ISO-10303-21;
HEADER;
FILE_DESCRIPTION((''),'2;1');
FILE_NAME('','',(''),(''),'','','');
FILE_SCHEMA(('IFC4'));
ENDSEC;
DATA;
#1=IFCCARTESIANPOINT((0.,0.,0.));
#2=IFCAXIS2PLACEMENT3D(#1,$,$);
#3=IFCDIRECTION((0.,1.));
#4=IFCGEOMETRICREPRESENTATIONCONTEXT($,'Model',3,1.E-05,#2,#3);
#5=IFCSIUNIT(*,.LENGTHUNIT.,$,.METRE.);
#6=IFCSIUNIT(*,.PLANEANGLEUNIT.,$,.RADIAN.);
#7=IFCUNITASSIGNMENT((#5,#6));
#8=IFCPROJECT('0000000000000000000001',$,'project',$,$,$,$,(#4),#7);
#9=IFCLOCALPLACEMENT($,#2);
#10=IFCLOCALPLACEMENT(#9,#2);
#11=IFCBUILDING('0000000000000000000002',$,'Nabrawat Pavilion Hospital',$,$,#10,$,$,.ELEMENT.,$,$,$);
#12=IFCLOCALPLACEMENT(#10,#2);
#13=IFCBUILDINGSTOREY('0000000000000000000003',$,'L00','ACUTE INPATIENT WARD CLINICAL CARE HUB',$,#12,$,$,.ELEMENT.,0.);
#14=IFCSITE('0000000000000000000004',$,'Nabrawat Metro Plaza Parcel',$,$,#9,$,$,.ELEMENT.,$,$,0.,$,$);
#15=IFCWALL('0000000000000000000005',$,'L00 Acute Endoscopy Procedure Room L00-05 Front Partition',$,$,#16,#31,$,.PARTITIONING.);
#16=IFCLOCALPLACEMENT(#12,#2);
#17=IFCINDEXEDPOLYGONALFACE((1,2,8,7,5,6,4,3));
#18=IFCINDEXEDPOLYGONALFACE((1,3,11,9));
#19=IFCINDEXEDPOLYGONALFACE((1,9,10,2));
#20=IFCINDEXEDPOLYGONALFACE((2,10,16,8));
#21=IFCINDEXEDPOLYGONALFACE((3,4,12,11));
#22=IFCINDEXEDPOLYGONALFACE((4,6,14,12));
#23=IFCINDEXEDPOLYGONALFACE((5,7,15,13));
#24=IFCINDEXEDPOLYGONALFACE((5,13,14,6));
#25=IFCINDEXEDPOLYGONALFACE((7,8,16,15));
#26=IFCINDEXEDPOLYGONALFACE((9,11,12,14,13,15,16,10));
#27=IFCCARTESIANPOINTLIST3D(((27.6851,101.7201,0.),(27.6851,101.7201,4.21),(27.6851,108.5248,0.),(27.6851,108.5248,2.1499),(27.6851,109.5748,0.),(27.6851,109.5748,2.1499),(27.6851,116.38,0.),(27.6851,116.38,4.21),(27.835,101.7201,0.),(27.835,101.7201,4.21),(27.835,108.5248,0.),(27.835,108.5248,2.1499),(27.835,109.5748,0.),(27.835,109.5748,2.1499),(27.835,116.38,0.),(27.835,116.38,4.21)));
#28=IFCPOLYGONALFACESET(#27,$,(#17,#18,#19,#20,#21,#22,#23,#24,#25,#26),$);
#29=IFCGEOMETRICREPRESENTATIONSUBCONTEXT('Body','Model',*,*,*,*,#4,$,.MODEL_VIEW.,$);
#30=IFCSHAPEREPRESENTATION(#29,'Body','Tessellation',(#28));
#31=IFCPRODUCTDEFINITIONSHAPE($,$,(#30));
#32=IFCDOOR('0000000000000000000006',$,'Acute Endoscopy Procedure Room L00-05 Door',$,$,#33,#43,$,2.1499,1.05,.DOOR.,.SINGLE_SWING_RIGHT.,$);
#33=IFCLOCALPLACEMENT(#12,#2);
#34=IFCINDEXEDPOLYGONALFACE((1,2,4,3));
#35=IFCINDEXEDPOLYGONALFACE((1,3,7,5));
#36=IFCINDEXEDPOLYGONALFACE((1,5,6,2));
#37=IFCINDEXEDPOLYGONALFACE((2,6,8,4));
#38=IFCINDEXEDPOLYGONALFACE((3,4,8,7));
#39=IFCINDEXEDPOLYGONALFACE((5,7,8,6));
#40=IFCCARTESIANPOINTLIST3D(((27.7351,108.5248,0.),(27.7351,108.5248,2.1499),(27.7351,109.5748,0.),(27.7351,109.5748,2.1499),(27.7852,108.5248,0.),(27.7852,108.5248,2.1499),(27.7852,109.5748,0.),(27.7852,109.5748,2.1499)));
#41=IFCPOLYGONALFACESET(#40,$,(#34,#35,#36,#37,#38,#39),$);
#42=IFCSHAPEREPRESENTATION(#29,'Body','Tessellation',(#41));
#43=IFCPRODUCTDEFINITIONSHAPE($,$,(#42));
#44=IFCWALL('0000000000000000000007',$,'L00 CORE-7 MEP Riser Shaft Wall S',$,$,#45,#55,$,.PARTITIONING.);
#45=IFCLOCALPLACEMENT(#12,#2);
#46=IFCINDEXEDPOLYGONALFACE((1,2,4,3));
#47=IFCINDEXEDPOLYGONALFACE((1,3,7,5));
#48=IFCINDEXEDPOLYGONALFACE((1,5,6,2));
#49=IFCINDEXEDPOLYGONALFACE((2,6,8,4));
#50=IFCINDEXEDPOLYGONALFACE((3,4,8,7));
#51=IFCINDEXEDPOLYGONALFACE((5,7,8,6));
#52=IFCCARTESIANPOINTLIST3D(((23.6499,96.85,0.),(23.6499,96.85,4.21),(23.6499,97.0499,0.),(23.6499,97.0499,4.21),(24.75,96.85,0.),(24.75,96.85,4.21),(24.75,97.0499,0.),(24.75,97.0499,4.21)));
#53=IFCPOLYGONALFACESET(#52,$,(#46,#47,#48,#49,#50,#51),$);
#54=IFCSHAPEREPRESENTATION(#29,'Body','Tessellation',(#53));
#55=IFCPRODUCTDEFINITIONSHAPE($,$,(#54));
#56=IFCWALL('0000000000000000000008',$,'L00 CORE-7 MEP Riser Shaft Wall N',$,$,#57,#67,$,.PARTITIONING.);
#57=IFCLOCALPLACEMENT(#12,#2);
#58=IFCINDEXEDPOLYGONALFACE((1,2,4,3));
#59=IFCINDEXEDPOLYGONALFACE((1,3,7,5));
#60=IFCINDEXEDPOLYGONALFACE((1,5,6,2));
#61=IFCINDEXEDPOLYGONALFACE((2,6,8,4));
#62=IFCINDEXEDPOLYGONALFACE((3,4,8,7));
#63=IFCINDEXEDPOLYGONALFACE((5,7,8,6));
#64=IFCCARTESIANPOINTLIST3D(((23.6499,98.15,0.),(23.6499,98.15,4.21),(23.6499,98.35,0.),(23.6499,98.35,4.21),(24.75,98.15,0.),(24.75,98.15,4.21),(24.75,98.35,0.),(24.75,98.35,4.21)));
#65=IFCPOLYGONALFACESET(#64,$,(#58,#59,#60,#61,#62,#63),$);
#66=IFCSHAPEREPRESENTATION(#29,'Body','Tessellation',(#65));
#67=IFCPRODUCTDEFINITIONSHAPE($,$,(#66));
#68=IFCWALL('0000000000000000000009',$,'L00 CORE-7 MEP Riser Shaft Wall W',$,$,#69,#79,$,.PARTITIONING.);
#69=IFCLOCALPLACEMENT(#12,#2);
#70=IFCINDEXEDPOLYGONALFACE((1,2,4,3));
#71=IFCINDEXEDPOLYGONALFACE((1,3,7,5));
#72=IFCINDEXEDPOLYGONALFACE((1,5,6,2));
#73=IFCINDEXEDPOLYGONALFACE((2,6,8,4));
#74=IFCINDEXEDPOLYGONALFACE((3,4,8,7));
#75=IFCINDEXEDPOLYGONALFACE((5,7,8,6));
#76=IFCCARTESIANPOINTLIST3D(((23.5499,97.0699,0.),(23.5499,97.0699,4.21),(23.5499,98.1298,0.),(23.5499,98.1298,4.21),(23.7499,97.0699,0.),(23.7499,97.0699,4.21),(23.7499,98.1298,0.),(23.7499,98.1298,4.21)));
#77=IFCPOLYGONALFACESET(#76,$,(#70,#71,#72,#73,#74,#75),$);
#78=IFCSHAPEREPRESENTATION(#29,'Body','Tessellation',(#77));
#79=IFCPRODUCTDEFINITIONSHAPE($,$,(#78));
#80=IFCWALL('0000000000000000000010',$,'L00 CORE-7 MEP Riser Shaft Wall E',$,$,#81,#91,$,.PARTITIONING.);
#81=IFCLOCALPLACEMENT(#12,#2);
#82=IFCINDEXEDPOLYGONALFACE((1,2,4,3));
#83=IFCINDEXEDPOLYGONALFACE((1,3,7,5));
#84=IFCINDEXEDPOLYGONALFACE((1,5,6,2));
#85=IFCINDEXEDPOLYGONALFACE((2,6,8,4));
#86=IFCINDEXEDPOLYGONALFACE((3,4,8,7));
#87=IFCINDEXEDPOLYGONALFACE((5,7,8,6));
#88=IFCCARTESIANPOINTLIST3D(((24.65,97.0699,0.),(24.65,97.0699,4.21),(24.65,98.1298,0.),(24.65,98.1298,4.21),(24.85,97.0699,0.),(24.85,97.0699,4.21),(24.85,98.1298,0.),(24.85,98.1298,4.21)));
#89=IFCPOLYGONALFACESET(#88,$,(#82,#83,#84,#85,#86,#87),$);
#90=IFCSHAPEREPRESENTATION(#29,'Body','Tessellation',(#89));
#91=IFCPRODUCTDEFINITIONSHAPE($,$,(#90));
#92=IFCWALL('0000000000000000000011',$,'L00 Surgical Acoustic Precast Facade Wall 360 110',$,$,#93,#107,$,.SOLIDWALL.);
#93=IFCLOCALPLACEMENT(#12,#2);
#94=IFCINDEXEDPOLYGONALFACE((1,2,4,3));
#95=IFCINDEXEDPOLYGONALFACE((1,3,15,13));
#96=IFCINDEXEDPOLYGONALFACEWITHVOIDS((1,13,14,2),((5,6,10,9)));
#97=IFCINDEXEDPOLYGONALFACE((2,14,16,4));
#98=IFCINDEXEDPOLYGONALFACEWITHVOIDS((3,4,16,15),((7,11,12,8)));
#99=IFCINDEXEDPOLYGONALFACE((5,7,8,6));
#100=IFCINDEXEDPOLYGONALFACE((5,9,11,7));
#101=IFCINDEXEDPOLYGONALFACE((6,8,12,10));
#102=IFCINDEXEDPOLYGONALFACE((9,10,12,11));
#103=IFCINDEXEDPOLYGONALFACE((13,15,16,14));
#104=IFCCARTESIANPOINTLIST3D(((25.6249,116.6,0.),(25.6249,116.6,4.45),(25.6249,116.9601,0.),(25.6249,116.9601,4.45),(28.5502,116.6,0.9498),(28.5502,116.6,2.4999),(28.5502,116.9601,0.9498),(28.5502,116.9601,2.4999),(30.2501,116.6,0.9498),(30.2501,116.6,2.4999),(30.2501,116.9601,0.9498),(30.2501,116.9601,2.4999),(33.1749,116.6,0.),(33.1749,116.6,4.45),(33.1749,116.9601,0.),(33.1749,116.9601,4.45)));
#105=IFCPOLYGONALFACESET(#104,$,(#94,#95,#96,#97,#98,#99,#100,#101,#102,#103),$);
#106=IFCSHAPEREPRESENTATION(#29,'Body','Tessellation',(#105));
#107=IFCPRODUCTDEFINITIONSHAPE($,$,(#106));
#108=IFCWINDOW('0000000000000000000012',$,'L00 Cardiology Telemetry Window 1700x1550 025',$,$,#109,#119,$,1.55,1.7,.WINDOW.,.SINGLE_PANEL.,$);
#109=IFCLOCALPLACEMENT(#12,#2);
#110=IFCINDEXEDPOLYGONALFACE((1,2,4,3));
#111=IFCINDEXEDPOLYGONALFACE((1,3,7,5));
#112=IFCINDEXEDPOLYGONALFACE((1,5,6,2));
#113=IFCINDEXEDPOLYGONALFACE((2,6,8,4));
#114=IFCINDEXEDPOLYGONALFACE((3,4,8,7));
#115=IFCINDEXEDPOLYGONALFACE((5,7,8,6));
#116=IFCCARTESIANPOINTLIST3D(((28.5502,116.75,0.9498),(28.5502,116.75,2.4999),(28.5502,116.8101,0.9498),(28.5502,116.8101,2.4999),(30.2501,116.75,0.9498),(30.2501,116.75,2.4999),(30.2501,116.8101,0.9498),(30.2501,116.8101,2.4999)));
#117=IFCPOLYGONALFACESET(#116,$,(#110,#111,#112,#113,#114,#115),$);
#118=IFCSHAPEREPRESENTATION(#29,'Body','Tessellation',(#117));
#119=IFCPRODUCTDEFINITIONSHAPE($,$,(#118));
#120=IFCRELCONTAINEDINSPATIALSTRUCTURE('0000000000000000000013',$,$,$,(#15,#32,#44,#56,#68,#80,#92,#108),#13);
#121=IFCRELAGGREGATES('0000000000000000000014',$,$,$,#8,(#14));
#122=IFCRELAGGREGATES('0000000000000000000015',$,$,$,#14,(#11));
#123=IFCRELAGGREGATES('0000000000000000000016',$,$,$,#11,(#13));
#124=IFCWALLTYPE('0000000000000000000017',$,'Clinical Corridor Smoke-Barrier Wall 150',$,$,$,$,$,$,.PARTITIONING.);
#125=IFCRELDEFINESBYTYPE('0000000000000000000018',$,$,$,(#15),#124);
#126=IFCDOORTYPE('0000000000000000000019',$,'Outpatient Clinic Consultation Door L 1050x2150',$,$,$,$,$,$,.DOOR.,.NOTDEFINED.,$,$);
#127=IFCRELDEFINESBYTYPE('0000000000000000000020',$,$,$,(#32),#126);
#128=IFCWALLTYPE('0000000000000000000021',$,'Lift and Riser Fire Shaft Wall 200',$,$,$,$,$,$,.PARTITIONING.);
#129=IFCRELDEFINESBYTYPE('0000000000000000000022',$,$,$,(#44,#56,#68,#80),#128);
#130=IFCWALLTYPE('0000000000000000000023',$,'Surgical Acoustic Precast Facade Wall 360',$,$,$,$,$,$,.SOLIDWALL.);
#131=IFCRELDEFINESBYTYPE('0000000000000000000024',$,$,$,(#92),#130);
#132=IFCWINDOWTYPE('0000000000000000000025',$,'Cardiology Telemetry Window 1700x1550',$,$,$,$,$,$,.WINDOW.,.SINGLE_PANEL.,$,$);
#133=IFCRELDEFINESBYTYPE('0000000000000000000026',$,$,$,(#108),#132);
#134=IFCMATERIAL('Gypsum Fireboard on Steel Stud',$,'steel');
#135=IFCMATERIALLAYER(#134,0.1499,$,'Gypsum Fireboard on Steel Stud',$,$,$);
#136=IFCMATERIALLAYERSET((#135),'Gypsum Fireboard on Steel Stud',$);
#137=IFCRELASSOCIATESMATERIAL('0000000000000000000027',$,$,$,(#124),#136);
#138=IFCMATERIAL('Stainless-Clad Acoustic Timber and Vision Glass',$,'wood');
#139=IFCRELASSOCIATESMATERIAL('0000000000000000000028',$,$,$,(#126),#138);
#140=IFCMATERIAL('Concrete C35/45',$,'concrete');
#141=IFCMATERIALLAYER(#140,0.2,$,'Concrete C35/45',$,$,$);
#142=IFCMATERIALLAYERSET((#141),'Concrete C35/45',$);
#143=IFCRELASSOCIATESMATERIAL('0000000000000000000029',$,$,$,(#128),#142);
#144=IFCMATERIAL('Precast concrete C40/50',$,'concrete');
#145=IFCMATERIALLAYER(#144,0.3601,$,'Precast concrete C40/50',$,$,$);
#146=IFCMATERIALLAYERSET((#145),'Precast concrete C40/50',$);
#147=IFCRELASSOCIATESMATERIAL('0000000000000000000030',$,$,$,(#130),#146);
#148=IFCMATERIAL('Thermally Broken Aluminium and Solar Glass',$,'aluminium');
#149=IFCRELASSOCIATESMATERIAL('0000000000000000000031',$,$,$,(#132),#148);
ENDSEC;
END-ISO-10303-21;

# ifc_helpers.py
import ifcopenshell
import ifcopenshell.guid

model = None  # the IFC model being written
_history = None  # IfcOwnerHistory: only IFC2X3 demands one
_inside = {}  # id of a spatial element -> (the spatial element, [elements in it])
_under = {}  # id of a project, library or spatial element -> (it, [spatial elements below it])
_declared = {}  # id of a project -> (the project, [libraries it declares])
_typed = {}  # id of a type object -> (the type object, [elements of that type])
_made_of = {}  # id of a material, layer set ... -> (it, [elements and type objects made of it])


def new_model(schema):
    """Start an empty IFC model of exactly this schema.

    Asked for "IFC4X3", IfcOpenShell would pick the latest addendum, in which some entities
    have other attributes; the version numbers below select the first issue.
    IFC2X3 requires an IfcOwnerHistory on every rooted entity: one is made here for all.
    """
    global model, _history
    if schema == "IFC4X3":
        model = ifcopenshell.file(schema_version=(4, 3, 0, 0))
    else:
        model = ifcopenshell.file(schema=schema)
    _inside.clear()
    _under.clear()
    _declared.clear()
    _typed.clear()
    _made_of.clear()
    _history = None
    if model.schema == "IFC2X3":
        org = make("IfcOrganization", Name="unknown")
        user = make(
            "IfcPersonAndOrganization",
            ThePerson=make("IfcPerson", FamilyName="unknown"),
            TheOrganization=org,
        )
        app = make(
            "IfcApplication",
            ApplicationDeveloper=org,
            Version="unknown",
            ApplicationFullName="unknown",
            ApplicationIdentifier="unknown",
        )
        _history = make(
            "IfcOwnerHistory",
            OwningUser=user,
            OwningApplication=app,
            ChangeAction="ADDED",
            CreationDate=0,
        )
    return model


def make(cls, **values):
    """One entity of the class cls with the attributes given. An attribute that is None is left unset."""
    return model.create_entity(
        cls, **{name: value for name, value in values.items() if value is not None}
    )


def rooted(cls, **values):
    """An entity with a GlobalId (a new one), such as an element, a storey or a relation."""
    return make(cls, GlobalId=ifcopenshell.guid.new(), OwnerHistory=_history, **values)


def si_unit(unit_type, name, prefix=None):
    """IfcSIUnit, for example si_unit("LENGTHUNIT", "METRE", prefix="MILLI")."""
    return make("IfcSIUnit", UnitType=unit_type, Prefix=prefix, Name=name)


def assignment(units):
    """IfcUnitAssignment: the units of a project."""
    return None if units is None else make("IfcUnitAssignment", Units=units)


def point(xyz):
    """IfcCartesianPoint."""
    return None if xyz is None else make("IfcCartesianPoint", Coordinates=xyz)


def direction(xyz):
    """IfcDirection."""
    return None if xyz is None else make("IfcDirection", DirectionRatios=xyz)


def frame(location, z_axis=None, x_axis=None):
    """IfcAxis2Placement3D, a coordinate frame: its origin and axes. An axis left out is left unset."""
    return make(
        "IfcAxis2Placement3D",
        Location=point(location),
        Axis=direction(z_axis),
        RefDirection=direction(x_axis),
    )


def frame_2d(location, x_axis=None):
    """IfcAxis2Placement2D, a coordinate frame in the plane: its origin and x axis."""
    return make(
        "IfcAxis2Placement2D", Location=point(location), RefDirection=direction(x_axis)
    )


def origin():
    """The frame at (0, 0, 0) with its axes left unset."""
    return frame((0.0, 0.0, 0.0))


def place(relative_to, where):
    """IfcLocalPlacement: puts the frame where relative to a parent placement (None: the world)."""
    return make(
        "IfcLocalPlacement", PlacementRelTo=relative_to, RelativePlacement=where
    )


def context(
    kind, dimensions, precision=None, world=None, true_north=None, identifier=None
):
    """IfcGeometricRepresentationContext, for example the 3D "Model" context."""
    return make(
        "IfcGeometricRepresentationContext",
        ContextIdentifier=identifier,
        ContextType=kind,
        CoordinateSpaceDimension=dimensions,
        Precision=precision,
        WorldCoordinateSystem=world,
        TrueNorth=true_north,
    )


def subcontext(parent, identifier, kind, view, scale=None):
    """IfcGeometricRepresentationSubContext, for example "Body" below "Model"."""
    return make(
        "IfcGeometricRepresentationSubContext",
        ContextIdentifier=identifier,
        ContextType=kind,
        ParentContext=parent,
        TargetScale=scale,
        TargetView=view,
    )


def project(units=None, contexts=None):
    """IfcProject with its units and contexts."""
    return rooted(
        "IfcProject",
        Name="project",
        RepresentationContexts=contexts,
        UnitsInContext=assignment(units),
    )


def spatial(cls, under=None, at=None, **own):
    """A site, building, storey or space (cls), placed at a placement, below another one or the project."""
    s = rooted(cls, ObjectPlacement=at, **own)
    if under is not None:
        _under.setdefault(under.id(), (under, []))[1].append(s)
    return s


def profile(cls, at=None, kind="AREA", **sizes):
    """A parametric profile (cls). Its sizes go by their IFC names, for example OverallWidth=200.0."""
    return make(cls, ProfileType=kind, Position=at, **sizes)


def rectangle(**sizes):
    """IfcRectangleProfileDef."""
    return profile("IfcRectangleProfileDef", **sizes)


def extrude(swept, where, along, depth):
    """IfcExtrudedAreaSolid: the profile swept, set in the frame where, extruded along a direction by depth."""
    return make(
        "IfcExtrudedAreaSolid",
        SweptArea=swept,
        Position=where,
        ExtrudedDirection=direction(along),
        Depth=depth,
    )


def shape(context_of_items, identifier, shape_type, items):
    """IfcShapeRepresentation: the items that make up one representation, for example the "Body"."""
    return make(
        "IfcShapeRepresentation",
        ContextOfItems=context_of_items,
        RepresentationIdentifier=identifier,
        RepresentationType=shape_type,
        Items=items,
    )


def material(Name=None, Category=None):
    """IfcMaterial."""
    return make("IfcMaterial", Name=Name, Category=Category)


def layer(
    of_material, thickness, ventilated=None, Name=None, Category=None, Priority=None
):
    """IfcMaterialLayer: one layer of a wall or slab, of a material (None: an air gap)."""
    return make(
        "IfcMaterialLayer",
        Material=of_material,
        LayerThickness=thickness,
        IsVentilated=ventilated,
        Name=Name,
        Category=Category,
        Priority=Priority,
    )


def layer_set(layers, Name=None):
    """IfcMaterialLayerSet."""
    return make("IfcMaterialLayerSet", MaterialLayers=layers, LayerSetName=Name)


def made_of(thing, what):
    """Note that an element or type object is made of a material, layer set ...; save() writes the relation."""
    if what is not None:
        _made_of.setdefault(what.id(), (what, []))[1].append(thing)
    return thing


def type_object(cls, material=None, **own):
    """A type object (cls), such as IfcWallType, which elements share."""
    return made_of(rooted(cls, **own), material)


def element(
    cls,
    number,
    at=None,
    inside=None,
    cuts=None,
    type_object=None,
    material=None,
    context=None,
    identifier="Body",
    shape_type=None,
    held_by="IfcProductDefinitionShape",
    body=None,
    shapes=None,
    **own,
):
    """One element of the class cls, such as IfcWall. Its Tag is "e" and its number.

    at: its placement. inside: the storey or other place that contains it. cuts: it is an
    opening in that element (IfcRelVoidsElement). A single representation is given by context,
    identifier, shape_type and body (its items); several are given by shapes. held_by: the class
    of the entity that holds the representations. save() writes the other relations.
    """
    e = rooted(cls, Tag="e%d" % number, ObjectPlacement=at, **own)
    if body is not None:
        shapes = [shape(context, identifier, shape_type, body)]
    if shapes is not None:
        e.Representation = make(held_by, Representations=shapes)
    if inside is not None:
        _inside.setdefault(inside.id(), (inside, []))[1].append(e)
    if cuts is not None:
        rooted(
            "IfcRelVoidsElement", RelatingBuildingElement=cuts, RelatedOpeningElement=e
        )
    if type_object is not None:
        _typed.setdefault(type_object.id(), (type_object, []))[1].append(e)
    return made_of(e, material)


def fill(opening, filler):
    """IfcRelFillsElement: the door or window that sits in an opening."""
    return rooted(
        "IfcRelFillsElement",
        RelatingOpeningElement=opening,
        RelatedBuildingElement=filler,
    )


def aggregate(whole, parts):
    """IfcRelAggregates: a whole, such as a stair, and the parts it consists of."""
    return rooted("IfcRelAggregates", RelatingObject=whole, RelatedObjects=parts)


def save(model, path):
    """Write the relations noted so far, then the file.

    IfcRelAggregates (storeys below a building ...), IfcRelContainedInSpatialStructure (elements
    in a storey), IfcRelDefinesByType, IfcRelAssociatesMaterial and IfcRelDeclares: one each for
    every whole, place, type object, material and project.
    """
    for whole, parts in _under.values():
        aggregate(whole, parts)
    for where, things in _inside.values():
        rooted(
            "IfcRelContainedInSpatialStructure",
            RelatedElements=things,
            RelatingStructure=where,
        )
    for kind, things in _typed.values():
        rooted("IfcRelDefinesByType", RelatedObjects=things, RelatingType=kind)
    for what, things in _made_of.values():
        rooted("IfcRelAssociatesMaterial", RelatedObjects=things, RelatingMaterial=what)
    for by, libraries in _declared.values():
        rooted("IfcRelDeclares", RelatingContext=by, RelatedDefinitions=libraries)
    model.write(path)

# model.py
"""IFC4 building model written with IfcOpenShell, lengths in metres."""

from ifc_helpers import new_model, si_unit, direction, frame, frame_2d, origin, place, context, subcontext, project, spatial, rectangle, extrude, material, layer, layer_set, type_object, element, fill, save


model = new_model("IFC4")

# Units and contexts
model_context = context("Model", 3, precision=1e-05, world=origin(), true_north=direction((0.0, 1.0)))
body_context = subcontext(model_context, "Body", "Model", "MODEL_VIEW")
ifc_project = project(units=[si_unit("LENGTHUNIT", "METRE"), si_unit("PLANEANGLEUNIT", "RADIAN")], contexts=[model_context])

# Site, building, storey
site_placement = place(None, origin())
site = spatial("IfcSite", under=ifc_project, at=site_placement, Name="Nabrawat Metro Plaza Parcel", CompositionType="ELEMENT", RefElevation=0.0)
building_placement = place(site_placement, origin())
building = spatial("IfcBuilding", under=site, at=building_placement, Name="Nabrawat Pavilion Hospital", CompositionType="ELEMENT")
storey_placement = place(building_placement, origin())
storey = spatial("IfcBuildingStorey", under=building, at=storey_placement, Name="L00", Description="ACUTE INPATIENT WARD CLINICAL CARE HUB", CompositionType="ELEMENT", Elevation=0.0)

# Wall, opening, door
ifc_material_1 = material(Name="Gypsum Fireboard on Steel Stud", Category="steel")
ifc_layer_1 = layer(ifc_material_1, 0.1499, Name="Gypsum Fireboard on Steel Stud")
ifc_layer_set_1 = layer_set([ifc_layer_1], Name="Gypsum Fireboard on Steel Stud")
wall_type_1 = type_object("IfcWallType", Name="Clinical Corridor Smoke-Barrier Wall 150", PredefinedType="PARTITIONING", material=ifc_layer_set_1)
wall_1_placement = place(storey_placement, frame((27.76, 101.72, 0.0), z_axis=(0.0, 0.0, 1.0), x_axis=(0.0, 1.0, 0.0)))
wall_1 = element("IfcWall", 1, at=wall_1_placement, inside=storey, type_object=wall_type_1, Name="L00 Acute Endoscopy Procedure Room L00-05 Front Partition", PredefinedType="PARTITIONING", context=body_context, shape_type="SweptSolid", body=[
    extrude(rectangle(XDim=14.6599, YDim=0.1499, at=frame_2d((7.3301, 0.0))), origin(), (0.0, 0.0, 1.0), 4.21),
])
opening_1_placement = place(wall_1_placement, frame((6.8049, 0.0, 0.0)))
opening_1 = element("IfcOpeningElement", 2, at=opening_1_placement, cuts=wall_1, PredefinedType="OPENING", context=body_context, shape_type="SweptSolid", body=[
    extrude(rectangle(XDim=1.05, YDim=2.1499, at=frame_2d((0.5249, 1.075))), frame((0.0, 0.085, 0.0), z_axis=(0.0, -1.0, 0.0), x_axis=(1.0, 0.0, 0.0)), (0.0, 0.0, 1.0), 0.1699),
])
ifc_material_2 = material(Name="Stainless-Clad Acoustic Timber and Vision Glass", Category="wood")
door_type = type_object("IfcDoorType", Name="Outpatient Clinic Consultation Door L 1050x2150", OperationType="NOTDEFINED", PredefinedType="DOOR", material=ifc_material_2)
door_placement = place(opening_1_placement, origin())
door = element("IfcDoor", 3, at=door_placement, inside=storey, type_object=door_type, Name="Acute Endoscopy Procedure Room L00-05 Door", OperationType="SINGLE_SWING_RIGHT", OverallHeight=2.1499, OverallWidth=1.05, PredefinedType="DOOR", context=body_context, shape_type="SweptSolid", body=[
    extrude(rectangle(XDim=1.05, YDim=2.1499, at=frame_2d((0.5249, 1.075))), frame((0.0, 0.0249, 0.0), z_axis=(0.0, -1.0, 0.0), x_axis=(1.0, 0.0, 0.0)), (0.0, 0.0, 1.0), 0.05),
])
fill(opening_1, door)

# Walls
ifc_material_3 = material(Name="Concrete C35/45", Category="concrete")
ifc_layer_2 = layer(ifc_material_3, 0.2, Name="Concrete C35/45")
ifc_layer_set_2 = layer_set([ifc_layer_2], Name="Concrete C35/45")
wall_type_2 = type_object("IfcWallType", Name="Lift and Riser Fire Shaft Wall 200", PredefinedType="PARTITIONING", material=ifc_layer_set_2)
for number, where, z_axis, x_axis, name in (
    (4, (23.6499, 96.95, 0.0), (0.0, 0.0, 1.0), (1.0, 0.0, 0.0), "L00 CORE-7 MEP Riser Shaft Wall S"),
    (5, (23.6499, 98.25, 0.0), (0.0, 0.0, 1.0), (1.0, 0.0, 0.0), "L00 CORE-7 MEP Riser Shaft Wall N"),
):
    element("IfcWall", number, at=place(storey_placement, frame(where, z_axis=z_axis, x_axis=x_axis)), inside=storey, type_object=wall_type_2, Name=name, PredefinedType="PARTITIONING", context=body_context, shape_type="SweptSolid", body=[
        extrude(rectangle(XDim=1.1001, YDim=0.2, at=frame_2d((0.55, 0.0))), origin(), (0.0, 0.0, 1.0), 4.21),
    ])
for number, where, z_axis, x_axis, name in (
    (6, (23.6499, 97.0701, 0.0), (0.0, 0.0, 1.0), (0.0, 1.0, 0.0), "L00 CORE-7 MEP Riser Shaft Wall W"),
    (7, (24.75, 97.0701, 0.0), (0.0, 0.0, 1.0), (0.0, 1.0, 0.0), "L00 CORE-7 MEP Riser Shaft Wall E"),
):
    element("IfcWall", number, at=place(storey_placement, frame(where, z_axis=z_axis, x_axis=x_axis)), inside=storey, type_object=wall_type_2, Name=name, PredefinedType="PARTITIONING", context=body_context, shape_type="SweptSolid", body=[
        extrude(rectangle(XDim=1.0598, YDim=0.2, at=frame_2d((0.5298, 0.0))), origin(), (0.0, 0.0, 1.0), 4.21),
    ])

# Wall, opening, window
ifc_material_4 = material(Name="Precast concrete C40/50", Category="concrete")
ifc_layer_3 = layer(ifc_material_4, 0.3601, Name="Precast concrete C40/50")
ifc_layer_set_3 = layer_set([ifc_layer_3], Name="Precast concrete C40/50")
wall_type_3 = type_object("IfcWallType", Name="Surgical Acoustic Precast Facade Wall 360", PredefinedType="SOLIDWALL", material=ifc_layer_set_3)
wall_2_placement = place(storey_placement, frame((25.625, 116.78, 0.0), z_axis=(0.0, 0.0, 1.0), x_axis=(1.0, 0.0, 0.0)))
wall_2 = element("IfcWall", 8, at=wall_2_placement, inside=storey, type_object=wall_type_3, Name="L00 Surgical Acoustic Precast Facade Wall 360 110", PredefinedType="SOLIDWALL", context=body_context, shape_type="SweptSolid", body=[
    extrude(rectangle(XDim=7.55, YDim=0.3601, at=frame_2d((3.7749, 0.0))), origin(), (0.0, 0.0, 1.0), 4.45),
])
opening_2_placement = place(wall_2_placement, frame((2.925, 0.0, 0.95)))
opening_2 = element("IfcOpeningElement", 9, at=opening_2_placement, cuts=wall_2, PredefinedType="OPENING", context=body_context, shape_type="SweptSolid", body=[
    extrude(rectangle(XDim=1.7, YDim=1.55, at=frame_2d((0.8501, 0.7749))), frame((0.0, 0.1899, 0.0), z_axis=(0.0, -1.0, 0.0), x_axis=(1.0, 0.0, 0.0)), (0.0, 0.0, 1.0), 0.3801),
])
ifc_material_5 = material(Name="Thermally Broken Aluminium and Solar Glass", Category="aluminium")
window_type = type_object("IfcWindowType", Name="Cardiology Telemetry Window 1700x1550", PartitioningType="SINGLE_PANEL", PredefinedType="WINDOW", material=ifc_material_5)
window_placement = place(opening_2_placement, origin())
window = element("IfcWindow", 10, at=window_placement, inside=storey, type_object=window_type, Name="L00 Cardiology Telemetry Window 1700x1550 025", OverallHeight=1.55, OverallWidth=1.7, PartitioningType="SINGLE_PANEL", PredefinedType="WINDOW", context=body_context, shape_type="SweptSolid", body=[
    extrude(rectangle(XDim=1.7, YDim=1.55, at=frame_2d((0.8501, 0.7749))), frame((0.0, 0.03, 0.0), z_axis=(0.0, -1.0, 0.0), x_axis=(1.0, 0.0, 0.0)), (0.0, 0.0, 1.0), 0.0601),
])
fill(opening_2, window)

save(model, "model.ifc")
